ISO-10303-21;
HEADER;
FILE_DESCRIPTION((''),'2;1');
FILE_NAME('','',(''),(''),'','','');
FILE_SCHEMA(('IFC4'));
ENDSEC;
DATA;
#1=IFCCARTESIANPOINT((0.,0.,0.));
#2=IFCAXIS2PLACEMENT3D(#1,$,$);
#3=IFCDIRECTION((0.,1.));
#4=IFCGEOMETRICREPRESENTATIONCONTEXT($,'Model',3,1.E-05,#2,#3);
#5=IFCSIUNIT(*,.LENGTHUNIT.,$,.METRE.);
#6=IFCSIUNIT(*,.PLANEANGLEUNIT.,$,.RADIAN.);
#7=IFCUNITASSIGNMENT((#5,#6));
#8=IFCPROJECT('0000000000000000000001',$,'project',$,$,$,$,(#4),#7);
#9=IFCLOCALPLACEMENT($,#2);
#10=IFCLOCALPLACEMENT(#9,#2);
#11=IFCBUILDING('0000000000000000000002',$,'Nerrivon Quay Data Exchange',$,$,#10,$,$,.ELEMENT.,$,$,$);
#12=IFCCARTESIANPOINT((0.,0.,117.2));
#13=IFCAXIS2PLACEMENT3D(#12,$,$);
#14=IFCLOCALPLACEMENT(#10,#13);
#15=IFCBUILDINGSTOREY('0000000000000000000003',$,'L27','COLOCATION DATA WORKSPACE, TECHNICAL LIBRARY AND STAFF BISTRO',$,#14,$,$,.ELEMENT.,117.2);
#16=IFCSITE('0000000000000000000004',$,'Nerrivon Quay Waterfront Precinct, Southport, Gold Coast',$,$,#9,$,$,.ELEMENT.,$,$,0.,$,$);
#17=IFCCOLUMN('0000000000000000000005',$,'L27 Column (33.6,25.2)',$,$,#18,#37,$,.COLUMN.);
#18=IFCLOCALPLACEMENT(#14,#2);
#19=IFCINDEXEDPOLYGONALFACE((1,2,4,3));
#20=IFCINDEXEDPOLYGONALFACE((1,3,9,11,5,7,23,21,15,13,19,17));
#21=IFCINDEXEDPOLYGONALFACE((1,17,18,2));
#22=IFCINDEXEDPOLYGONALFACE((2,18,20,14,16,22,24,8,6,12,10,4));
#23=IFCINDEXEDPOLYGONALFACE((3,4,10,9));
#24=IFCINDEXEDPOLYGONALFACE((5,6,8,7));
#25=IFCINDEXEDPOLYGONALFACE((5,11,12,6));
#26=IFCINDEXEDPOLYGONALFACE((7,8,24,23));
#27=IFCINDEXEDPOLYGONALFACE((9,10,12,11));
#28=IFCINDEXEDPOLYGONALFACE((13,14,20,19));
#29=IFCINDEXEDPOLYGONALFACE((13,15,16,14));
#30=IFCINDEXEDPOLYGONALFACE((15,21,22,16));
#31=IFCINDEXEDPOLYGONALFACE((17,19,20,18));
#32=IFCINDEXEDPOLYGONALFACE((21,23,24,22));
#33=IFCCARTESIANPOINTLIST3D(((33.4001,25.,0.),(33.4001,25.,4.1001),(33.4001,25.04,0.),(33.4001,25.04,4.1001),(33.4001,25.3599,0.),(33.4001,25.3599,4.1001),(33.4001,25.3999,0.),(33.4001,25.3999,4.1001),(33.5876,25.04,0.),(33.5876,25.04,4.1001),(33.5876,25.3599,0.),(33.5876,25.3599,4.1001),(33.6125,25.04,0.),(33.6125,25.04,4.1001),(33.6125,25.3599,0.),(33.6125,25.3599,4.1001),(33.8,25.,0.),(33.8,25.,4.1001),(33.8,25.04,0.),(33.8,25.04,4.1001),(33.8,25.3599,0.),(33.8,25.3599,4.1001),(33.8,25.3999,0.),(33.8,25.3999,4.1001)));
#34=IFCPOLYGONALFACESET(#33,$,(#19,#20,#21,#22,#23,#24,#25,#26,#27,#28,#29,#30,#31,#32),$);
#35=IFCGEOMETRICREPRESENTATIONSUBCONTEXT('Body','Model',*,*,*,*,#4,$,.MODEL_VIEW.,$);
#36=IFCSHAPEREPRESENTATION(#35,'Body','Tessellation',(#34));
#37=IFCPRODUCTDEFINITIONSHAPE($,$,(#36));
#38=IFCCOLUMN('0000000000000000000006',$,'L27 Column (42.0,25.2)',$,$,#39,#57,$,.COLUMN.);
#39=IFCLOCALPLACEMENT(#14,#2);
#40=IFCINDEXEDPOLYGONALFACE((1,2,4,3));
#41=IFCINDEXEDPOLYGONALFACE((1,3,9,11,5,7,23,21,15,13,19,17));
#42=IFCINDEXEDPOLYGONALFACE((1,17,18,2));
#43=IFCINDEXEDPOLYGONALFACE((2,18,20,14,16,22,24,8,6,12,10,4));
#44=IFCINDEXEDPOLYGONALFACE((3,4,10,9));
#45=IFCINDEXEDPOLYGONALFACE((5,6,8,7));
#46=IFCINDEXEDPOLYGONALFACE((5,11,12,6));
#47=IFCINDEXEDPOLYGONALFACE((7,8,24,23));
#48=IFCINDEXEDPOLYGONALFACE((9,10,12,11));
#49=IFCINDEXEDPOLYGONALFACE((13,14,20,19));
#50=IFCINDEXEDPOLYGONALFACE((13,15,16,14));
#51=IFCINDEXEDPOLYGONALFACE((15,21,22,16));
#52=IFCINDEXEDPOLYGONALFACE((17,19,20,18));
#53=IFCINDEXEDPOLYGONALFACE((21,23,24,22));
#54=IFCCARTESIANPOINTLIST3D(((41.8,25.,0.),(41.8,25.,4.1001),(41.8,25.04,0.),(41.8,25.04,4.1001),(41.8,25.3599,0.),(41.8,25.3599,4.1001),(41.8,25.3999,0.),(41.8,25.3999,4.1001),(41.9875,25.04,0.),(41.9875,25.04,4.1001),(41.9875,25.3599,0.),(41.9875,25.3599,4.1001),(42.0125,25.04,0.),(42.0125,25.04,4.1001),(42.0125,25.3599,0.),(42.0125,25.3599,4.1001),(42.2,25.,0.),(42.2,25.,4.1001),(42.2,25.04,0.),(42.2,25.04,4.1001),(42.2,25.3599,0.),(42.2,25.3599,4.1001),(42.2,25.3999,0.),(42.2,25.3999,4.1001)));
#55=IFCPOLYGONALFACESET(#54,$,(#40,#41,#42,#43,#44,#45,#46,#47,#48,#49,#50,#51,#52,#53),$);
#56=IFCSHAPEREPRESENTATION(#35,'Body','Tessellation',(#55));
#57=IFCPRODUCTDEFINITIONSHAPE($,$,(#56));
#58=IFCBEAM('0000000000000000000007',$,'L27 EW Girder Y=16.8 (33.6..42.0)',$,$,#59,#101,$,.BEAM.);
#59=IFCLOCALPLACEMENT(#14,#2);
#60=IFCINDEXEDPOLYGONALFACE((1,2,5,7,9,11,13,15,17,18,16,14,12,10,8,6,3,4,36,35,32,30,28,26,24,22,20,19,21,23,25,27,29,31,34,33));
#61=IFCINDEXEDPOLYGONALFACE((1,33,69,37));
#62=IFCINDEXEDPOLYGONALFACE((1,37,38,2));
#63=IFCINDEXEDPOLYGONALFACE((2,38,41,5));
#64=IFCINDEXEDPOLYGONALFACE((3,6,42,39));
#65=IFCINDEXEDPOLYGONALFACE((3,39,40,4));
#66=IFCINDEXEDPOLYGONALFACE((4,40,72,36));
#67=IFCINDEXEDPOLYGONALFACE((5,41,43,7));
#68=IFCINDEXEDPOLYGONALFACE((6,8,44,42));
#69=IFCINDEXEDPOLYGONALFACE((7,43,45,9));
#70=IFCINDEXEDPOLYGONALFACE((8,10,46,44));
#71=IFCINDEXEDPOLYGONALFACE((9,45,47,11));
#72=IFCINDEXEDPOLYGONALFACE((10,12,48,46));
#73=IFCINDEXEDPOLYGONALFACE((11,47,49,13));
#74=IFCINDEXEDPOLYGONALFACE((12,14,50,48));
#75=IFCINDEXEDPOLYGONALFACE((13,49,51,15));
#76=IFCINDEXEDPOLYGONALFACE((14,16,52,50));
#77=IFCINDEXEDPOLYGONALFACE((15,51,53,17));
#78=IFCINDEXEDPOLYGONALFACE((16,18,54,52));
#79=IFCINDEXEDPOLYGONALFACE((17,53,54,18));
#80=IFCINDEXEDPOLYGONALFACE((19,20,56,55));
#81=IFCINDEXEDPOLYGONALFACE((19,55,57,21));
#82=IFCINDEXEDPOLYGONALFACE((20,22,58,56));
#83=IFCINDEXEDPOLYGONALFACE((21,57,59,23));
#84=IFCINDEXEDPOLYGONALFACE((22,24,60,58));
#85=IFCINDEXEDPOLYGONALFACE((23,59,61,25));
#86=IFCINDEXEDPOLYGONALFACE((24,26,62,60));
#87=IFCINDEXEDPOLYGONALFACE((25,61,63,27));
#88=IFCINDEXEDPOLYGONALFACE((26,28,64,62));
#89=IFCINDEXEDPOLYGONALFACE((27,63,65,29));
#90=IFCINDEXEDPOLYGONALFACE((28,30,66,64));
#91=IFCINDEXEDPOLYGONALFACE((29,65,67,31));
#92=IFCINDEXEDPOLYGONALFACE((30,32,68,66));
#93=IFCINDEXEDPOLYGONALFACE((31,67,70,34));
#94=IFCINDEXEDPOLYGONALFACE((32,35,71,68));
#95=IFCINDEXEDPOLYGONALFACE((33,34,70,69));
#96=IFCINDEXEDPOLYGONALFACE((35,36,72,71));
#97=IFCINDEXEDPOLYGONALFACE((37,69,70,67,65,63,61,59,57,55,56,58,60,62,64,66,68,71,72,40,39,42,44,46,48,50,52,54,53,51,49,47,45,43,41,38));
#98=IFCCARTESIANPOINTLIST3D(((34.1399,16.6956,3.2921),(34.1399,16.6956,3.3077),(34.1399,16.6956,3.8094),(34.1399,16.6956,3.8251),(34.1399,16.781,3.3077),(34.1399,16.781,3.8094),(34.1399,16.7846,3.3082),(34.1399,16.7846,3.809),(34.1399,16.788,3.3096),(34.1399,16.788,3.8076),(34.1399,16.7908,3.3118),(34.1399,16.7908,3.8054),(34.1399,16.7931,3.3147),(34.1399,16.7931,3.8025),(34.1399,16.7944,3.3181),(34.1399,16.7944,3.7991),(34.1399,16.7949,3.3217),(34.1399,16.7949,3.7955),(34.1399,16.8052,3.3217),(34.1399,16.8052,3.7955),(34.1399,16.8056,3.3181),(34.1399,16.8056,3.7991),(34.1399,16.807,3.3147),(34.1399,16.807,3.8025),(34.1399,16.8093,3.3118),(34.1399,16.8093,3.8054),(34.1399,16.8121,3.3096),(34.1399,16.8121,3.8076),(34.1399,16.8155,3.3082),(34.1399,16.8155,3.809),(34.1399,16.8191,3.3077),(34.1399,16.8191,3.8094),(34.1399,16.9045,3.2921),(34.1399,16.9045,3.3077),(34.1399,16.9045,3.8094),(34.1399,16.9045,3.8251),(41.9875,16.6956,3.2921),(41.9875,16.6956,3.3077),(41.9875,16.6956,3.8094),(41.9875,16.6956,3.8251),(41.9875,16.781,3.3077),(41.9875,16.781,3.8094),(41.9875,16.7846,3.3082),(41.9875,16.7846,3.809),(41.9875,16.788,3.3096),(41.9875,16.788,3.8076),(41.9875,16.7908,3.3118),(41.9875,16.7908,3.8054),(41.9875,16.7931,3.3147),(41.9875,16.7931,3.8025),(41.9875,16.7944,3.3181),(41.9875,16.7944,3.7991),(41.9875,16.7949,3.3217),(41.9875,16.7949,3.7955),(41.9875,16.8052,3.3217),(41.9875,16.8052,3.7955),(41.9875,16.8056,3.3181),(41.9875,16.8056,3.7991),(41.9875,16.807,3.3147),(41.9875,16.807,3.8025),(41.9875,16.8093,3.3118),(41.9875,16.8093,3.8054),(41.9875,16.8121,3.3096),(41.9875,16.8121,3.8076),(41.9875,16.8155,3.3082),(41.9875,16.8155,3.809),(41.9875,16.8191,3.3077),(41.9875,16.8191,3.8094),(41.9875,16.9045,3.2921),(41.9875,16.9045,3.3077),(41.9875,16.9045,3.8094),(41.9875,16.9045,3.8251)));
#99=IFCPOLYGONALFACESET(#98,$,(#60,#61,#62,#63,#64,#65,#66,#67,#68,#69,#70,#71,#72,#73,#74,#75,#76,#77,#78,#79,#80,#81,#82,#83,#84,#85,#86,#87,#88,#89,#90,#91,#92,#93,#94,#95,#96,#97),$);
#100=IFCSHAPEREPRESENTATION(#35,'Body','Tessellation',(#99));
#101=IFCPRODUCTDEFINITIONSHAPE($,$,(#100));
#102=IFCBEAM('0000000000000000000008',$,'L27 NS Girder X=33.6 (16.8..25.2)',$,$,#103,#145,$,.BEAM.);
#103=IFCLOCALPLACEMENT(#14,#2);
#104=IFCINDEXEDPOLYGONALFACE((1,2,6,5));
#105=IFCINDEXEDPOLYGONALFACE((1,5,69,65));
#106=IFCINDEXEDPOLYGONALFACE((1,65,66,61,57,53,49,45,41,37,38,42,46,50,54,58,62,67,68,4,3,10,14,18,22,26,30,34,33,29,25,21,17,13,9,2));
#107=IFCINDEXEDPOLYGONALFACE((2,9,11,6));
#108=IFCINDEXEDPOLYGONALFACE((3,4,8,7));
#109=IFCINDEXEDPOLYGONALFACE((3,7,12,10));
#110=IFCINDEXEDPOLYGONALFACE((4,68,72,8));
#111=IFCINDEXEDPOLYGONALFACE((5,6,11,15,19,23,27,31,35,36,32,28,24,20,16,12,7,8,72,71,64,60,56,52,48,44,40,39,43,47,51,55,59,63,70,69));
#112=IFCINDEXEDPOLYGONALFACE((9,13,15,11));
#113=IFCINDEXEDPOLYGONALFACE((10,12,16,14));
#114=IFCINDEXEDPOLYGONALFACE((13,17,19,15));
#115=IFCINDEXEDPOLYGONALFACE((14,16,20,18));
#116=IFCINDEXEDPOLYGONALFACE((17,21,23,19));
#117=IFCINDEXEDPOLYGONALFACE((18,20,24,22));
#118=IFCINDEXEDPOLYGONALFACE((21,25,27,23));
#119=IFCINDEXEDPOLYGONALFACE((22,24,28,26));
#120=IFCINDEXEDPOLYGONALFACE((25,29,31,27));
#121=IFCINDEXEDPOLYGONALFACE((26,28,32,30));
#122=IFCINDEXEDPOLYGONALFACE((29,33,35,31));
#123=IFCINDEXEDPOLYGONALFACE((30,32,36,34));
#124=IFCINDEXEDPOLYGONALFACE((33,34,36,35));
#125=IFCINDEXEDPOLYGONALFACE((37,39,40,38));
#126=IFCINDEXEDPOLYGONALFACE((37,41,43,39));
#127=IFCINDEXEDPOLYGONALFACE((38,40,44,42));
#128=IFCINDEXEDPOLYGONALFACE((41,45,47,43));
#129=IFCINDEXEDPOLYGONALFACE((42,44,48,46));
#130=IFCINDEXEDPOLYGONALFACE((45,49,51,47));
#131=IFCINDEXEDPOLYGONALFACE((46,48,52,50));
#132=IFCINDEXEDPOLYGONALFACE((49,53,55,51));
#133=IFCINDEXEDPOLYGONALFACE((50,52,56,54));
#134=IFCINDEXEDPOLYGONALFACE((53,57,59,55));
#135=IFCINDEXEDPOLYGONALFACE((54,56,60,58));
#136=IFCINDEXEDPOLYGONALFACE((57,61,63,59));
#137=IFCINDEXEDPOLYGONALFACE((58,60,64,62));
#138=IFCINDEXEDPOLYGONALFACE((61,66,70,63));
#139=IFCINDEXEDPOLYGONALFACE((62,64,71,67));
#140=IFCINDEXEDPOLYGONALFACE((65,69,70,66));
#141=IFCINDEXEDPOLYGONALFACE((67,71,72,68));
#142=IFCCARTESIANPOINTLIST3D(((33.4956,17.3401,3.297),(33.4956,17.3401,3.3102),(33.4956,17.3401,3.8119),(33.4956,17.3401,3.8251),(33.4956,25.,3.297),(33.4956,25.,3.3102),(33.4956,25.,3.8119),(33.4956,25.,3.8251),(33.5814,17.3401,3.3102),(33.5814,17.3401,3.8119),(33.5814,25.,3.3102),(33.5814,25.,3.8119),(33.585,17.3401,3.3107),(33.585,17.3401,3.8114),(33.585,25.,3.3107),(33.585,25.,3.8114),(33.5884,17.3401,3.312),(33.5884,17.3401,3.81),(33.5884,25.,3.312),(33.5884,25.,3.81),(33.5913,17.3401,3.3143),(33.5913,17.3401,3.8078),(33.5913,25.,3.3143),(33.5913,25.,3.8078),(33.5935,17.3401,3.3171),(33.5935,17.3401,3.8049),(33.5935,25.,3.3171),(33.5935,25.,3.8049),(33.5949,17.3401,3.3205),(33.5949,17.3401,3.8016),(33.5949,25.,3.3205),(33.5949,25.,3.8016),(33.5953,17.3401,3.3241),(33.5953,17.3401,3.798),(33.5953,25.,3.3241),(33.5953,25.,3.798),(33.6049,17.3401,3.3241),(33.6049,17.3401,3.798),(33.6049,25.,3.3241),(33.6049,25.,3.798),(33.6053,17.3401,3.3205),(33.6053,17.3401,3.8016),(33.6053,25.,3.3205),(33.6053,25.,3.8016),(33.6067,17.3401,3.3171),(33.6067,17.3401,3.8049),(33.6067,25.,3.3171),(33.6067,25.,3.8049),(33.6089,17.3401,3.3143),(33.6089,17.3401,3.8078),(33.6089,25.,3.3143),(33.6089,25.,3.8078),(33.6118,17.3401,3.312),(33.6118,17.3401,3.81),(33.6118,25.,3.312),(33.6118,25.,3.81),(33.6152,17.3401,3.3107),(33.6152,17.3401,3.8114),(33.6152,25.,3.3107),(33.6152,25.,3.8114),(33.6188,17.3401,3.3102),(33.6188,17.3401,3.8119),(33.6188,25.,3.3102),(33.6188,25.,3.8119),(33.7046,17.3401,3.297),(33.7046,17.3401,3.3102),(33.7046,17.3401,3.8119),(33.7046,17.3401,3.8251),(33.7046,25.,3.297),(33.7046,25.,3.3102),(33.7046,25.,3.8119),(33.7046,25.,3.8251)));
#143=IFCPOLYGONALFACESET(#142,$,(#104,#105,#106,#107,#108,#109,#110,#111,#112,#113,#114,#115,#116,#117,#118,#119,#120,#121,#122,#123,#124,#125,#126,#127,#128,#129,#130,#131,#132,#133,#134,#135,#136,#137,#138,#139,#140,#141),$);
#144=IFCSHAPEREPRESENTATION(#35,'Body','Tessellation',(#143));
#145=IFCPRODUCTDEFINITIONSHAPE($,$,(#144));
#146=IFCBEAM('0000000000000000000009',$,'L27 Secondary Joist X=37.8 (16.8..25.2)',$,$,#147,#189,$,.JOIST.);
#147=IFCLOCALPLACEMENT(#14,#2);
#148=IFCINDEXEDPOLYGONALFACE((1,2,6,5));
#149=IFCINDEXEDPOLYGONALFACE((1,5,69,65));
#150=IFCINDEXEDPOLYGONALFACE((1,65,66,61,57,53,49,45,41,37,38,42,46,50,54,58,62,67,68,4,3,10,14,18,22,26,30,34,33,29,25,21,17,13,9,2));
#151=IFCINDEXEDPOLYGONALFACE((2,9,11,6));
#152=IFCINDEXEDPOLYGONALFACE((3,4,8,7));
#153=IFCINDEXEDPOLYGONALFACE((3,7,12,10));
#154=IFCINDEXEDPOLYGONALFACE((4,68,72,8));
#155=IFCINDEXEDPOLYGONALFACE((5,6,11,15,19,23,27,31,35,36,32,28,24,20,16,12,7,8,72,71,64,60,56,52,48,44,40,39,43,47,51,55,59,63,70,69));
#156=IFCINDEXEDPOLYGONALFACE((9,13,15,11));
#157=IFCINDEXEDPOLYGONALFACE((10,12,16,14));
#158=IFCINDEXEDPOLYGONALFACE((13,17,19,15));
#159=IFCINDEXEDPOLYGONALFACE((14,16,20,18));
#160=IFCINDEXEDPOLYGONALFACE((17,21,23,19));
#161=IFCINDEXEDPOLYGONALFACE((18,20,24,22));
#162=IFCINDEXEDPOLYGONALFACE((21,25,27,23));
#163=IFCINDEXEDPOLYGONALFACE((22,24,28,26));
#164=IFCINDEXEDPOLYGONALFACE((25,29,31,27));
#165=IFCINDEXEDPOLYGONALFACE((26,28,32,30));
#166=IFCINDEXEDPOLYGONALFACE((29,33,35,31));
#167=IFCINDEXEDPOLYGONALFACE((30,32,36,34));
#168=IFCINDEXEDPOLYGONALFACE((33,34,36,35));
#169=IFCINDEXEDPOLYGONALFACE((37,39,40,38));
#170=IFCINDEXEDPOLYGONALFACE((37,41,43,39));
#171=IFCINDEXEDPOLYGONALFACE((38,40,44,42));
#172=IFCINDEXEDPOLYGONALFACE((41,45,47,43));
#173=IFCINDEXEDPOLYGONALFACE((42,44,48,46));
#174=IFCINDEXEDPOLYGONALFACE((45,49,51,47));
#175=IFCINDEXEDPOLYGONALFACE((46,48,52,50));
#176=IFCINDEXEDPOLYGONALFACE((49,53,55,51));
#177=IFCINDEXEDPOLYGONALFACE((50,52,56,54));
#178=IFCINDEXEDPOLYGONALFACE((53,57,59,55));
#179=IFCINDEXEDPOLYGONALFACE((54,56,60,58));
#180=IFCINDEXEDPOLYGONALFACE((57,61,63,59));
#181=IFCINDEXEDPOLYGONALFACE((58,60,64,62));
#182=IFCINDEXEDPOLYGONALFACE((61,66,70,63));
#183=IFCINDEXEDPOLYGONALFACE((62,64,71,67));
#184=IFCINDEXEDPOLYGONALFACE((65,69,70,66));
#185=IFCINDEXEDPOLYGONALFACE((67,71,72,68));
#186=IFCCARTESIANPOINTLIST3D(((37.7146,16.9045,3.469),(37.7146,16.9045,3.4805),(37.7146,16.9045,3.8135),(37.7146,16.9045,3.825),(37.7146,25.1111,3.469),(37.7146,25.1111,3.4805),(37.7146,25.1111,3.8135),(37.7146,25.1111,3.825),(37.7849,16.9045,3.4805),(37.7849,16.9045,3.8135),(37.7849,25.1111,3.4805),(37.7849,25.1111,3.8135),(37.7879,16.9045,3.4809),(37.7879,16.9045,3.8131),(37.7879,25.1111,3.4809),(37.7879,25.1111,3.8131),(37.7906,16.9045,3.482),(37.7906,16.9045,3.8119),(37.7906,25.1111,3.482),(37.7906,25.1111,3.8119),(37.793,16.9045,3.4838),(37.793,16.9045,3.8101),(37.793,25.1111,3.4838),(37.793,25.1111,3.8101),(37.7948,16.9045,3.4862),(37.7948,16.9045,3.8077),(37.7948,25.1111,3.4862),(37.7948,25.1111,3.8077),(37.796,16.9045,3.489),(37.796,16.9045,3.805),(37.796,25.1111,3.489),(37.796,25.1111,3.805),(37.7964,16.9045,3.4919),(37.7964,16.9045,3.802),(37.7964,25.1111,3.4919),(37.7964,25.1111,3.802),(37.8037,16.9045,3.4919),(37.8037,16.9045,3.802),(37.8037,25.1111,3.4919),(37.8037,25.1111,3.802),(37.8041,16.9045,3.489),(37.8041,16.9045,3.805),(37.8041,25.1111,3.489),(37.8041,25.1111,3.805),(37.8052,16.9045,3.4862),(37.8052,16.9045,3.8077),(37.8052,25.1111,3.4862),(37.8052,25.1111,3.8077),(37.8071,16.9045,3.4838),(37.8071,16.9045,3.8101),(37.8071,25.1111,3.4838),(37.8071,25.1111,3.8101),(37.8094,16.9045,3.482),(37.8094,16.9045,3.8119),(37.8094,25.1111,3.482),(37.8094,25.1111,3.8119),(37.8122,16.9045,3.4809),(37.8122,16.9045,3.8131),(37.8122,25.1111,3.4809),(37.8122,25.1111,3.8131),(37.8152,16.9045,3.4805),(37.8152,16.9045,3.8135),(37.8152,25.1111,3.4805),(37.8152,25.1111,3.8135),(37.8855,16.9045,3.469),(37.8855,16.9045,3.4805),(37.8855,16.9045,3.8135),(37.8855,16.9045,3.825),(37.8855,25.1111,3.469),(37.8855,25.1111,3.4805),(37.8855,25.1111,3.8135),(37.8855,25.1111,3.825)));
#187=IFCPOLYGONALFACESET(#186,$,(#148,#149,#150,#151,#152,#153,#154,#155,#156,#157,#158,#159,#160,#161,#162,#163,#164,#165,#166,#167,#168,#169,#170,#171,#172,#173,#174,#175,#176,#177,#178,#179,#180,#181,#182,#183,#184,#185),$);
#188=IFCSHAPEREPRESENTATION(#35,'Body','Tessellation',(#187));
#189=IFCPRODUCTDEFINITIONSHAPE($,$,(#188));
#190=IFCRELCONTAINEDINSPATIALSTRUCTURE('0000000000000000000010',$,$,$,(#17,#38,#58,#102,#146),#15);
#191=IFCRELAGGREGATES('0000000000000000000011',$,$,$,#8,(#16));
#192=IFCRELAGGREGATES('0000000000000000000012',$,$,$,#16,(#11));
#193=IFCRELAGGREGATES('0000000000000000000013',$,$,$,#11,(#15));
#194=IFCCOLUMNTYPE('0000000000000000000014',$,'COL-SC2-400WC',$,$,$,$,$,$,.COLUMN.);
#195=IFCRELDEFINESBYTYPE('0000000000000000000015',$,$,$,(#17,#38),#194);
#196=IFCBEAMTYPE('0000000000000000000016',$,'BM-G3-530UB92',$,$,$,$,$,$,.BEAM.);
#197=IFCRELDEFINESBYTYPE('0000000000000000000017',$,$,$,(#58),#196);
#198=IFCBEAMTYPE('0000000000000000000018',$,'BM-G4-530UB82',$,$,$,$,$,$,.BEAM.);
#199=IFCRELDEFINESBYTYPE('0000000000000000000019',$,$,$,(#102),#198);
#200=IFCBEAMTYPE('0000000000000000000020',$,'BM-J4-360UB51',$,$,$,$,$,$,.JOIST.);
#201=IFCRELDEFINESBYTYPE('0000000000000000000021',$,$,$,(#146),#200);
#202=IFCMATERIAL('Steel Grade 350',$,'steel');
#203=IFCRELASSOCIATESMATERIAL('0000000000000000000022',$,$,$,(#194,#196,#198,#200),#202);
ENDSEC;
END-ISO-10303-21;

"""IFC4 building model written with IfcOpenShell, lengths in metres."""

from ifc_helpers import new_model, si_unit, direction, frame, origin, origin_2d, place, context, subcontext, project, spatial, i_section, extrude, material, material_profile, profile_set, type_object, element, save


model = new_model("IFC4")

# Units and contexts
model_context = context("Model", 3, precision=1e-05, world=origin(), true_north=direction((0.0, 1.0)))
body_context = subcontext(model_context, "Body", "Model", "MODEL_VIEW")
ifc_project = project(units=[si_unit("LENGTHUNIT", "METRE"), si_unit("PLANEANGLEUNIT", "RADIAN")], contexts=[model_context])

# Site, building, storey
site_placement = place(None, origin())
site = spatial("IfcSite", under=ifc_project, at=site_placement, Name="Nerrivon Quay Waterfront Precinct, Southport, Gold Coast", CompositionType="ELEMENT", RefElevation=0.0)
building_placement = place(site_placement, origin())
building = spatial("IfcBuilding", under=site, at=building_placement, Name="Nerrivon Quay Data Exchange", CompositionType="ELEMENT")
storey_placement = place(building_placement, frame((0.0, 0.0, 117.2)))
storey = spatial("IfcBuildingStorey", under=building, at=storey_placement, Name="L27", Description="COLOCATION DATA WORKSPACE, TECHNICAL LIBRARY AND STAFF BISTRO", CompositionType="ELEMENT", Elevation=117.2)

# Columns
ifc_material_1 = material(Name="Steel Grade 350", Category="steel")
ifc_material_profile_1 = material_profile(ifc_material_1, i_section(OverallWidth=0.3999, OverallDepth=0.3999, WebThickness=0.0249, FlangeThickness=0.04, at=origin_2d()), Name="400WC328")
ifc_profile_set_1 = profile_set([ifc_material_profile_1], Name="Steel Grade 350")
column_type = type_object("IfcColumnType", Name="COL-SC2-400WC", PredefinedType="COLUMN", material=ifc_profile_set_1)
for number, where, z_axis, x_axis, name in (
    (1, (33.6001, 25.2, 0.0), (0.0, 0.0, 1.0), (1.0, 0.0, 0.0), "L27 Column (33.6,25.2)"),
    (2, (42.0, 25.2, 0.0), (0.0, 0.0, 1.0), (1.0, 0.0, 0.0), "L27 Column (42.0,25.2)"),
):
    element("IfcColumn", number, at=place(storey_placement, frame(where, z_axis=z_axis, x_axis=x_axis)), inside=storey, type_object=column_type, Name=name, PredefinedType="COLUMN", context=body_context, shape_type="SweptSolid", body=[
        extrude(i_section(OverallWidth=0.3999, OverallDepth=0.3999, WebThickness=0.0249, FlangeThickness=0.04, at=origin_2d()), origin(), (0.0, 0.0, 1.0), 4.1001),
    ])

# Beams
ifc_material_profile_2 = material_profile(ifc_material_1, i_section(OverallWidth=0.209, OverallDepth=0.533, WebThickness=0.0103, FlangeThickness=0.0156, FilletRadius=0.0139, at=origin_2d()), Name="530UB92.4")
ifc_profile_set_2 = profile_set([ifc_material_profile_2], Name="Steel Grade 350")
beam_type_1 = type_object("IfcBeamType", Name="BM-G3-530UB92", PredefinedType="BEAM", material=ifc_profile_set_2)
beam_1_placement = place(storey_placement, frame((34.1399, 16.8, 3.5586), z_axis=(1.0, 0.0, 0.0), x_axis=(0.0, 1.0, 0.0)))
element("IfcBeam", 3, at=beam_1_placement, inside=storey, type_object=beam_type_1, Name="L27 EW Girder Y=16.8 (33.6..42.0)", PredefinedType="BEAM", context=body_context, shape_type="SweptSolid", body=[
    extrude(i_section(OverallWidth=0.209, OverallDepth=0.533, WebThickness=0.0103, FlangeThickness=0.0156, FilletRadius=0.0139, at=origin_2d()), origin(), (0.0, 0.0, 1.0), 7.8477),
])
ifc_material_profile_3 = material_profile(ifc_material_1, i_section(OverallWidth=0.209, OverallDepth=0.5281, WebThickness=0.0095, FlangeThickness=0.0132, FilletRadius=0.0139, at=origin_2d()), Name="530UB82.0")
ifc_profile_set_3 = profile_set([ifc_material_profile_3], Name="Steel Grade 350")
beam_type_2 = type_object("IfcBeamType", Name="BM-G4-530UB82", PredefinedType="BEAM", material=ifc_profile_set_3)
beam_2_placement = place(storey_placement, frame((33.6001, 17.3401, 3.561), z_axis=(0.0, 1.0, 0.0), x_axis=(-1.0, 0.0, 0.0)))
element("IfcBeam", 4, at=beam_2_placement, inside=storey, type_object=beam_type_2, Name="L27 NS Girder X=33.6 (16.8..25.2)", PredefinedType="BEAM", context=body_context, shape_type="SweptSolid", body=[
    extrude(i_section(OverallWidth=0.209, OverallDepth=0.5281, WebThickness=0.0095, FlangeThickness=0.0132, FilletRadius=0.0139, at=origin_2d()), origin(), (0.0, 0.0, 1.0), 7.6599),
])
ifc_material_profile_4 = material_profile(ifc_material_1, i_section(OverallWidth=0.1709, OverallDepth=0.356, WebThickness=0.0073, FlangeThickness=0.0115, FilletRadius=0.0115, at=origin_2d()), Name="360UB50.7")
ifc_profile_set_4 = profile_set([ifc_material_profile_4], Name="Steel Grade 350")
beam_type_3 = type_object("IfcBeamType", Name="BM-J4-360UB51", PredefinedType="JOIST", material=ifc_profile_set_4)
beam_3_placement = place(storey_placement, frame((37.8, 16.9045, 3.647), z_axis=(0.0, 1.0, 0.0), x_axis=(-1.0, 0.0, 0.0)))
element("IfcBeam", 5, at=beam_3_placement, inside=storey, type_object=beam_type_3, Name="L27 Secondary Joist X=37.8 (16.8..25.2)", PredefinedType="JOIST", context=body_context, shape_type="SweptSolid", body=[
    extrude(i_section(OverallWidth=0.1709, OverallDepth=0.356, WebThickness=0.0073, FlangeThickness=0.0115, FilletRadius=0.0115, at=origin_2d()), origin(), (0.0, 0.0, 1.0), 8.2065),
])

save(model, "model.ifc")
